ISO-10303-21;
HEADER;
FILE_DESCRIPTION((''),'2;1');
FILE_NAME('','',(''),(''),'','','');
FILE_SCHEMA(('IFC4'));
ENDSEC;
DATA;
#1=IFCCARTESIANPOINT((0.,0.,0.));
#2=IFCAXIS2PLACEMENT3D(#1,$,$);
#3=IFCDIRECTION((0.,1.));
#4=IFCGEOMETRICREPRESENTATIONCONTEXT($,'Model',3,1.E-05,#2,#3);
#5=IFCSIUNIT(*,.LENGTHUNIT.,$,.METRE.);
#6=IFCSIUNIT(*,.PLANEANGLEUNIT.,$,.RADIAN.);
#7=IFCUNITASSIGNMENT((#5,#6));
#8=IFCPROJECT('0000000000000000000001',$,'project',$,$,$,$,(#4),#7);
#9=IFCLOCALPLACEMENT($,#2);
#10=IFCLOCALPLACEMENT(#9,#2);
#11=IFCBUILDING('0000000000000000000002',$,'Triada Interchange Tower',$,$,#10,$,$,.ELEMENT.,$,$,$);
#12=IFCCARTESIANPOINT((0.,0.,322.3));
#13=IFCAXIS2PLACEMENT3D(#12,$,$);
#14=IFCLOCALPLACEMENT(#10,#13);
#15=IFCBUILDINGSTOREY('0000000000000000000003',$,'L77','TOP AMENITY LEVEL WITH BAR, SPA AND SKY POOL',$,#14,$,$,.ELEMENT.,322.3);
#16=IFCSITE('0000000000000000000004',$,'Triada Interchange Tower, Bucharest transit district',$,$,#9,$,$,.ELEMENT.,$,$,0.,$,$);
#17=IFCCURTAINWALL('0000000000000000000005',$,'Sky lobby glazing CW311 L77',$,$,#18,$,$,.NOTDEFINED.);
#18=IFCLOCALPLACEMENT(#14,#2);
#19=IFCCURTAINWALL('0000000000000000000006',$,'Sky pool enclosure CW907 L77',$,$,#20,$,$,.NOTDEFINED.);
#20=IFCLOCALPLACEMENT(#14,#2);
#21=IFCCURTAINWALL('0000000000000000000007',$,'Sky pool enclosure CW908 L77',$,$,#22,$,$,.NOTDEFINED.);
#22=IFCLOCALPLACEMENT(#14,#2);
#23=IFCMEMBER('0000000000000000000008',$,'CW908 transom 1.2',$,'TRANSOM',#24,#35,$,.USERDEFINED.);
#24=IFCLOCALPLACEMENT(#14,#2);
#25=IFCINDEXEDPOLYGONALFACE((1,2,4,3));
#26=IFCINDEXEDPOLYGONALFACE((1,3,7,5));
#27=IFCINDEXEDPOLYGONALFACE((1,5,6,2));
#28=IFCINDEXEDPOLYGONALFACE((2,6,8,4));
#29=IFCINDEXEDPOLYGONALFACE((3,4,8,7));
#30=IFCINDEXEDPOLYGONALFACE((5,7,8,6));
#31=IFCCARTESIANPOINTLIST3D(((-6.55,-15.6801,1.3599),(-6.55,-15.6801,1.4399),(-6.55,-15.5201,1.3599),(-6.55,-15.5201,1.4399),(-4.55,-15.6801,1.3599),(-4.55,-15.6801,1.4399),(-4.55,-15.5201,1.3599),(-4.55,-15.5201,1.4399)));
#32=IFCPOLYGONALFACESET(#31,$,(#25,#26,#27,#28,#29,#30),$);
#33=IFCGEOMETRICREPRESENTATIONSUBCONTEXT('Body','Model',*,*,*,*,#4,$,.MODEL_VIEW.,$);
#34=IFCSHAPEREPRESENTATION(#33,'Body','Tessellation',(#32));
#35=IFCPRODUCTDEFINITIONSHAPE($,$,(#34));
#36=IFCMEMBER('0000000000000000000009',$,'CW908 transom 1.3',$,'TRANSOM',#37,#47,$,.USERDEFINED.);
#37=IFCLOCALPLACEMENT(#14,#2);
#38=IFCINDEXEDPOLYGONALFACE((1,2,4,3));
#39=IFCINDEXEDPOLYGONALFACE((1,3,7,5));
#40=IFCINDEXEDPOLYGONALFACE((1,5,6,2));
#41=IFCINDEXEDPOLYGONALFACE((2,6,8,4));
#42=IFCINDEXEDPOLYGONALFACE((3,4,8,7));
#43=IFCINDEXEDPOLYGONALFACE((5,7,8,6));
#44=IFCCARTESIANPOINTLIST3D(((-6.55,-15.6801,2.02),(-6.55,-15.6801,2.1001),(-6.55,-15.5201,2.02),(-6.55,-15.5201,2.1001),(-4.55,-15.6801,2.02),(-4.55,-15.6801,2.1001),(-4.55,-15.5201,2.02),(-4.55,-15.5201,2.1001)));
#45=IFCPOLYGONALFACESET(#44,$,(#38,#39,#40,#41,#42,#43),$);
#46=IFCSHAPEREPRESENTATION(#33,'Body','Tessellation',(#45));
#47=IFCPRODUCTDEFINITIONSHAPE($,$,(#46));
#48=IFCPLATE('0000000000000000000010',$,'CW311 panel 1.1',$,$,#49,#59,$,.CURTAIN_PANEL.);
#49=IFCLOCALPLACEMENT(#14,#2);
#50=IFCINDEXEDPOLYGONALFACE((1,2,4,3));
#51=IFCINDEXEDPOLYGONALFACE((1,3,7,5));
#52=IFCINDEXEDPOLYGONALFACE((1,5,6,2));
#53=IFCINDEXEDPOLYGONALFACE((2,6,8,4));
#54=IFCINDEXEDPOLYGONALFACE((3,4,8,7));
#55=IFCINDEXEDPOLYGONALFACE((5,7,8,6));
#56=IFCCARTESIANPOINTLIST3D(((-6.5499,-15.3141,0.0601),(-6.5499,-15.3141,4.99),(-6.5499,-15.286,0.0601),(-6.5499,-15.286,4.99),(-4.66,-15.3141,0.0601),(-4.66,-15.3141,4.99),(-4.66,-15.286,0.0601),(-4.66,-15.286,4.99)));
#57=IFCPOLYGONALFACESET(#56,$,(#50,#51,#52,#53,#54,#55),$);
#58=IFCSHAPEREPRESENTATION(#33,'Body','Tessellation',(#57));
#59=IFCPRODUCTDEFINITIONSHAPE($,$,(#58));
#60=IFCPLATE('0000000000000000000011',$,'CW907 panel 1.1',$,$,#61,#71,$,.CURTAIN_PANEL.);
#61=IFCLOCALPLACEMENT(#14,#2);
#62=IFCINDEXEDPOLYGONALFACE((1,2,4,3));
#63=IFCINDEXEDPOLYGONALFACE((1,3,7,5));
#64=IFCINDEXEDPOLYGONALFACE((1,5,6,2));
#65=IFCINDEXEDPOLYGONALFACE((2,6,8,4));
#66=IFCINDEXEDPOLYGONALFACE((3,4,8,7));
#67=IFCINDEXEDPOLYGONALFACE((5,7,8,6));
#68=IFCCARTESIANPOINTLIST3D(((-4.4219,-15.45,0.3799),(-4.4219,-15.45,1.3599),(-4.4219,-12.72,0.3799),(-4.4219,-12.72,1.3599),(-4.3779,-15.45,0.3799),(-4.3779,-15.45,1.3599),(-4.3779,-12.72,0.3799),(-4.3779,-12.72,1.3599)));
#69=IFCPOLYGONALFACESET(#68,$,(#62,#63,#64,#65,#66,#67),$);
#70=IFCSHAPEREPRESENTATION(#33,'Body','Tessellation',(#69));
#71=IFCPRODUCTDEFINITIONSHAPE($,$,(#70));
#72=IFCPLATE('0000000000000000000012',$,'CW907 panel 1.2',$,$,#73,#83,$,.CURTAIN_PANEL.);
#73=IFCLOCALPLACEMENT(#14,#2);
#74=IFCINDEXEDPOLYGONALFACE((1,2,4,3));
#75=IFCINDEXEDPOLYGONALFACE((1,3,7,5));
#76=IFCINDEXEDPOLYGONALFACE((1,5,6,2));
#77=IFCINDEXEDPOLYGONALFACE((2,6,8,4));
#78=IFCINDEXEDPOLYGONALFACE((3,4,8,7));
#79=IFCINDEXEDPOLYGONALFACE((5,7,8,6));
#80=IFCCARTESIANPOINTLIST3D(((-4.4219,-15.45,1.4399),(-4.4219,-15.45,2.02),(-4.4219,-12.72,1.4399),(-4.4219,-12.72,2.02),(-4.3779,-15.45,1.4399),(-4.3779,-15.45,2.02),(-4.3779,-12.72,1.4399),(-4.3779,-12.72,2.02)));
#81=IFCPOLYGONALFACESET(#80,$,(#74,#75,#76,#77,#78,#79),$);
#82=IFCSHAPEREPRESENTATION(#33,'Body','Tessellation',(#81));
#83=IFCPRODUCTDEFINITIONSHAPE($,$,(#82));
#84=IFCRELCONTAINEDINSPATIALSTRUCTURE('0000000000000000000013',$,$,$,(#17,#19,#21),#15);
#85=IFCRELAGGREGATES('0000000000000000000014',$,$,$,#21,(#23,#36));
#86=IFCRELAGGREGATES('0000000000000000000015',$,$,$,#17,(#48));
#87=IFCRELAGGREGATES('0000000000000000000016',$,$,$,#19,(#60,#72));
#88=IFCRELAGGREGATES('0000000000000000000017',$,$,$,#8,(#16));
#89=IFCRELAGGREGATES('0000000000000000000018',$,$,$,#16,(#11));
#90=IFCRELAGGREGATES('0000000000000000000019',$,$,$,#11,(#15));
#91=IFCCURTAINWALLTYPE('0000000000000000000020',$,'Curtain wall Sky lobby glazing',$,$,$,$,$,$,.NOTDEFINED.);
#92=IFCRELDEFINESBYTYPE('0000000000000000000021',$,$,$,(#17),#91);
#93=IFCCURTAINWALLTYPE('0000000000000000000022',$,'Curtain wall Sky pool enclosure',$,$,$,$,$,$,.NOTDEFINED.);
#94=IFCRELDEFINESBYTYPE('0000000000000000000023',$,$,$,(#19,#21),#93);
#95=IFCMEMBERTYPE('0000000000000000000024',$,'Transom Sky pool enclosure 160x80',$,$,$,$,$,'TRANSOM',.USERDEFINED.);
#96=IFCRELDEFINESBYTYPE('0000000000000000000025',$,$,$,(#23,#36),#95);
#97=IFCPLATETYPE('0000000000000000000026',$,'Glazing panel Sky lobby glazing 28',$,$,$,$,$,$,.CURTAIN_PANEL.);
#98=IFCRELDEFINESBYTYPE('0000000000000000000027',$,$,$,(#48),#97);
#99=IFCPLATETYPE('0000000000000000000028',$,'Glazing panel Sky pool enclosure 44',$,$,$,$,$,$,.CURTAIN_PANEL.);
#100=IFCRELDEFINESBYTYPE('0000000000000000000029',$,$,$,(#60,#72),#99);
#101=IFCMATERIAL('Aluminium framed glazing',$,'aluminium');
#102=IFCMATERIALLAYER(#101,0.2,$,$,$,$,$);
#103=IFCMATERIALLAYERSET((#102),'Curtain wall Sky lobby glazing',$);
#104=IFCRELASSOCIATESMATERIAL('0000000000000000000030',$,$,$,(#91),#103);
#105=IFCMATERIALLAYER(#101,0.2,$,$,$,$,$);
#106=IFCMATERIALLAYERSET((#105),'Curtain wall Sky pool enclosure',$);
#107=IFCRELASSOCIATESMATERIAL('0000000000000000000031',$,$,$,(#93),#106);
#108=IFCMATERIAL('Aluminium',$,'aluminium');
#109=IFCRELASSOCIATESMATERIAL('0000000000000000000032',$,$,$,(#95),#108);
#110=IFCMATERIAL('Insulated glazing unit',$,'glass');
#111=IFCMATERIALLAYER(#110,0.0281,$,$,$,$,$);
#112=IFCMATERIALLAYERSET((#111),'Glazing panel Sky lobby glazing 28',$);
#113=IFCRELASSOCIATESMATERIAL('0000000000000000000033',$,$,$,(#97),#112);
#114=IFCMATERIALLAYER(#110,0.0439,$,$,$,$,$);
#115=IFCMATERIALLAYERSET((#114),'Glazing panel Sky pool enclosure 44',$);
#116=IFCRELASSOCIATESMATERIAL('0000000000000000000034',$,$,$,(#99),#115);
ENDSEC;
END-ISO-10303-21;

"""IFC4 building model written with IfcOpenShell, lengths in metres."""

from ifc_helpers import new_model, si_unit, direction, frame, origin, origin_2d, place, context, subcontext, project, spatial, rectangle, extrude, material, layer, layer_set, material_profile, profile_set, type_object, element, aggregate, save


model = new_model("IFC4")

# Units and contexts
model_context = context("Model", 3, precision=1e-05, world=origin(), true_north=direction((0.0, 1.0)))
body_context = subcontext(model_context, "Body", "Model", "MODEL_VIEW")
ifc_project = project(units=[si_unit("LENGTHUNIT", "METRE"), si_unit("PLANEANGLEUNIT", "RADIAN")], contexts=[model_context])

# Site, building, storey
site_placement = place(None, origin())
site = spatial("IfcSite", under=ifc_project, at=site_placement, Name="Triada Interchange Tower, Bucharest transit district", CompositionType="ELEMENT", RefElevation=0.0)
building_placement = place(site_placement, origin())
building = spatial("IfcBuilding", under=site, at=building_placement, Name="Triada Interchange Tower", CompositionType="ELEMENT")
storey_placement = place(building_placement, frame((0.0, 0.0, 322.3)))
storey = spatial("IfcBuildingStorey", under=building, at=storey_placement, Name="L77", Description="TOP AMENITY LEVEL WITH BAR, SPA AND SKY POOL", CompositionType="ELEMENT", Elevation=322.3)

# Curtain wall
ifc_material_1 = material(Name="Aluminium framed glazing", Category="aluminium")
ifc_layer_1 = layer(ifc_material_1, 0.2)
ifc_layer_set_1 = layer_set([ifc_layer_1], Name="Curtain wall Sky lobby glazing")
curtain_wall_type_1 = type_object("IfcCurtainWallType", Name="Curtain wall Sky lobby glazing", PredefinedType="NOTDEFINED", material=ifc_layer_set_1)
curtain_wall_1_placement = place(storey_placement, origin())
curtain_wall_1 = element("IfcCurtainWall", 1, at=curtain_wall_1_placement, inside=storey, type_object=curtain_wall_type_1, Name="Sky lobby glazing CW311 L77", PredefinedType="NOTDEFINED")
ifc_material_2 = material(Name="Aluminium", Category="aluminium")

# Curtain walls
ifc_layer_2 = layer(ifc_material_1, 0.2)
ifc_layer_set_2 = layer_set([ifc_layer_2], Name="Curtain wall Sky pool enclosure")
curtain_wall_type_2 = type_object("IfcCurtainWallType", Name="Curtain wall Sky pool enclosure", PredefinedType="NOTDEFINED", material=ifc_layer_set_2)
curtain_wall_2_placement = place(storey_placement, origin())
curtain_wall_2 = element("IfcCurtainWall", 2, at=curtain_wall_2_placement, inside=storey, type_object=curtain_wall_type_2, Name="Sky pool enclosure CW907 L77", PredefinedType="NOTDEFINED")
curtain_wall_3_placement = place(storey_placement, origin())
curtain_wall_3 = element("IfcCurtainWall", 3, at=curtain_wall_3_placement, inside=storey, type_object=curtain_wall_type_2, Name="Sky pool enclosure CW908 L77", PredefinedType="NOTDEFINED")

# Members
ifc_material_profile_1 = material_profile(ifc_material_2, rectangle(XDim=0.1599, YDim=0.0801, at=origin_2d()), Name="Aluminium transom")
ifc_profile_set_1 = profile_set([ifc_material_profile_1], Name="Aluminium")
member_type_1 = type_object("IfcMemberType", Name="Transom Sky pool enclosure 160x80", ElementType="TRANSOM", PredefinedType="USERDEFINED", material=ifc_profile_set_1)
member_1_placement = place(storey_placement, frame((-4.55, -15.6001, 1.3999), z_axis=(-1.0, 0.0, 0.0), x_axis=(0.0, -1.0, 0.0)))
member_1 = element("IfcMember", 4, at=member_1_placement, type_object=member_type_1, Name="CW908 transom 1.2", ObjectType="TRANSOM", PredefinedType="USERDEFINED", context=body_context, shape_type="SweptSolid", body=[
    extrude(rectangle(XDim=0.1599, YDim=0.0801, at=origin_2d()), origin(), (0.0, 0.0, 1.0), 2.0),
])
member_2_placement = place(storey_placement, frame((-4.55, -15.6001, 2.0601), z_axis=(-1.0, 0.0, 0.0), x_axis=(0.0, -1.0, 0.0)))
member_2 = element("IfcMember", 5, at=member_2_placement, type_object=member_type_1, Name="CW908 transom 1.3", ObjectType="TRANSOM", PredefinedType="USERDEFINED", context=body_context, shape_type="SweptSolid", body=[
    extrude(rectangle(XDim=0.1599, YDim=0.0801, at=origin_2d()), origin(), (0.0, 0.0, 1.0), 2.0),
])
aggregate(curtain_wall_3, [member_1, member_2])

# Plates
ifc_material_3 = material(Name="Insulated glazing unit", Category="glass")
ifc_layer_3 = layer(ifc_material_3, 0.0281)
ifc_layer_set_3 = layer_set([ifc_layer_3], Name="Glazing panel Sky lobby glazing 28")
plate_type_1 = type_object("IfcPlateType", Name="Glazing panel Sky lobby glazing 28", PredefinedType="CURTAIN_PANEL", material=ifc_layer_set_3)
plate_1_placement = place(storey_placement, frame((-5.605, -15.3, 0.0601), z_axis=(0.0, 0.0, 1.0), x_axis=(1.0, 0.0, 0.0)))
plate_1 = element("IfcPlate", 6, at=plate_1_placement, type_object=plate_type_1, Name="CW311 panel 1.1", PredefinedType="CURTAIN_PANEL", context=body_context, shape_type="SweptSolid", body=[
    extrude(rectangle(XDim=1.8899, YDim=0.0281, at=origin_2d()), origin(), (0.0, 0.0, 1.0), 4.9299),
])
aggregate(curtain_wall_1, [plate_1])
ifc_layer_4 = layer(ifc_material_3, 0.0439)
ifc_layer_set_4 = layer_set([ifc_layer_4], Name="Glazing panel Sky pool enclosure 44")
plate_type_2 = type_object("IfcPlateType", Name="Glazing panel Sky pool enclosure 44", PredefinedType="CURTAIN_PANEL", material=ifc_layer_set_4)
plate_2_placement = place(storey_placement, frame((-4.3999, -14.085, 0.3799), z_axis=(0.0, 0.0, 1.0), x_axis=(0.0, -1.0, 0.0)))
plate_2 = element("IfcPlate", 7, at=plate_2_placement, type_object=plate_type_2, Name="CW907 panel 1.1", PredefinedType="CURTAIN_PANEL", context=body_context, shape_type="SweptSolid", body=[
    extrude(rectangle(XDim=2.73, YDim=0.0439, at=origin_2d()), origin(), (0.0, 0.0, 1.0), 0.98),
])
plate_3_placement = place(storey_placement, frame((-4.3999, -14.085, 1.4399), z_axis=(0.0, 0.0, 1.0), x_axis=(0.0, -1.0, 0.0)))
plate_3 = element("IfcPlate", 8, at=plate_3_placement, type_object=plate_type_2, Name="CW907 panel 1.2", PredefinedType="CURTAIN_PANEL", context=body_context, shape_type="SweptSolid", body=[
    extrude(rectangle(XDim=2.73, YDim=0.0439, at=origin_2d()), origin(), (0.0, 0.0, 1.0), 0.5801),
])
aggregate(curtain_wall_2, [plate_2, plate_3])

save(model, "model.ifc")
